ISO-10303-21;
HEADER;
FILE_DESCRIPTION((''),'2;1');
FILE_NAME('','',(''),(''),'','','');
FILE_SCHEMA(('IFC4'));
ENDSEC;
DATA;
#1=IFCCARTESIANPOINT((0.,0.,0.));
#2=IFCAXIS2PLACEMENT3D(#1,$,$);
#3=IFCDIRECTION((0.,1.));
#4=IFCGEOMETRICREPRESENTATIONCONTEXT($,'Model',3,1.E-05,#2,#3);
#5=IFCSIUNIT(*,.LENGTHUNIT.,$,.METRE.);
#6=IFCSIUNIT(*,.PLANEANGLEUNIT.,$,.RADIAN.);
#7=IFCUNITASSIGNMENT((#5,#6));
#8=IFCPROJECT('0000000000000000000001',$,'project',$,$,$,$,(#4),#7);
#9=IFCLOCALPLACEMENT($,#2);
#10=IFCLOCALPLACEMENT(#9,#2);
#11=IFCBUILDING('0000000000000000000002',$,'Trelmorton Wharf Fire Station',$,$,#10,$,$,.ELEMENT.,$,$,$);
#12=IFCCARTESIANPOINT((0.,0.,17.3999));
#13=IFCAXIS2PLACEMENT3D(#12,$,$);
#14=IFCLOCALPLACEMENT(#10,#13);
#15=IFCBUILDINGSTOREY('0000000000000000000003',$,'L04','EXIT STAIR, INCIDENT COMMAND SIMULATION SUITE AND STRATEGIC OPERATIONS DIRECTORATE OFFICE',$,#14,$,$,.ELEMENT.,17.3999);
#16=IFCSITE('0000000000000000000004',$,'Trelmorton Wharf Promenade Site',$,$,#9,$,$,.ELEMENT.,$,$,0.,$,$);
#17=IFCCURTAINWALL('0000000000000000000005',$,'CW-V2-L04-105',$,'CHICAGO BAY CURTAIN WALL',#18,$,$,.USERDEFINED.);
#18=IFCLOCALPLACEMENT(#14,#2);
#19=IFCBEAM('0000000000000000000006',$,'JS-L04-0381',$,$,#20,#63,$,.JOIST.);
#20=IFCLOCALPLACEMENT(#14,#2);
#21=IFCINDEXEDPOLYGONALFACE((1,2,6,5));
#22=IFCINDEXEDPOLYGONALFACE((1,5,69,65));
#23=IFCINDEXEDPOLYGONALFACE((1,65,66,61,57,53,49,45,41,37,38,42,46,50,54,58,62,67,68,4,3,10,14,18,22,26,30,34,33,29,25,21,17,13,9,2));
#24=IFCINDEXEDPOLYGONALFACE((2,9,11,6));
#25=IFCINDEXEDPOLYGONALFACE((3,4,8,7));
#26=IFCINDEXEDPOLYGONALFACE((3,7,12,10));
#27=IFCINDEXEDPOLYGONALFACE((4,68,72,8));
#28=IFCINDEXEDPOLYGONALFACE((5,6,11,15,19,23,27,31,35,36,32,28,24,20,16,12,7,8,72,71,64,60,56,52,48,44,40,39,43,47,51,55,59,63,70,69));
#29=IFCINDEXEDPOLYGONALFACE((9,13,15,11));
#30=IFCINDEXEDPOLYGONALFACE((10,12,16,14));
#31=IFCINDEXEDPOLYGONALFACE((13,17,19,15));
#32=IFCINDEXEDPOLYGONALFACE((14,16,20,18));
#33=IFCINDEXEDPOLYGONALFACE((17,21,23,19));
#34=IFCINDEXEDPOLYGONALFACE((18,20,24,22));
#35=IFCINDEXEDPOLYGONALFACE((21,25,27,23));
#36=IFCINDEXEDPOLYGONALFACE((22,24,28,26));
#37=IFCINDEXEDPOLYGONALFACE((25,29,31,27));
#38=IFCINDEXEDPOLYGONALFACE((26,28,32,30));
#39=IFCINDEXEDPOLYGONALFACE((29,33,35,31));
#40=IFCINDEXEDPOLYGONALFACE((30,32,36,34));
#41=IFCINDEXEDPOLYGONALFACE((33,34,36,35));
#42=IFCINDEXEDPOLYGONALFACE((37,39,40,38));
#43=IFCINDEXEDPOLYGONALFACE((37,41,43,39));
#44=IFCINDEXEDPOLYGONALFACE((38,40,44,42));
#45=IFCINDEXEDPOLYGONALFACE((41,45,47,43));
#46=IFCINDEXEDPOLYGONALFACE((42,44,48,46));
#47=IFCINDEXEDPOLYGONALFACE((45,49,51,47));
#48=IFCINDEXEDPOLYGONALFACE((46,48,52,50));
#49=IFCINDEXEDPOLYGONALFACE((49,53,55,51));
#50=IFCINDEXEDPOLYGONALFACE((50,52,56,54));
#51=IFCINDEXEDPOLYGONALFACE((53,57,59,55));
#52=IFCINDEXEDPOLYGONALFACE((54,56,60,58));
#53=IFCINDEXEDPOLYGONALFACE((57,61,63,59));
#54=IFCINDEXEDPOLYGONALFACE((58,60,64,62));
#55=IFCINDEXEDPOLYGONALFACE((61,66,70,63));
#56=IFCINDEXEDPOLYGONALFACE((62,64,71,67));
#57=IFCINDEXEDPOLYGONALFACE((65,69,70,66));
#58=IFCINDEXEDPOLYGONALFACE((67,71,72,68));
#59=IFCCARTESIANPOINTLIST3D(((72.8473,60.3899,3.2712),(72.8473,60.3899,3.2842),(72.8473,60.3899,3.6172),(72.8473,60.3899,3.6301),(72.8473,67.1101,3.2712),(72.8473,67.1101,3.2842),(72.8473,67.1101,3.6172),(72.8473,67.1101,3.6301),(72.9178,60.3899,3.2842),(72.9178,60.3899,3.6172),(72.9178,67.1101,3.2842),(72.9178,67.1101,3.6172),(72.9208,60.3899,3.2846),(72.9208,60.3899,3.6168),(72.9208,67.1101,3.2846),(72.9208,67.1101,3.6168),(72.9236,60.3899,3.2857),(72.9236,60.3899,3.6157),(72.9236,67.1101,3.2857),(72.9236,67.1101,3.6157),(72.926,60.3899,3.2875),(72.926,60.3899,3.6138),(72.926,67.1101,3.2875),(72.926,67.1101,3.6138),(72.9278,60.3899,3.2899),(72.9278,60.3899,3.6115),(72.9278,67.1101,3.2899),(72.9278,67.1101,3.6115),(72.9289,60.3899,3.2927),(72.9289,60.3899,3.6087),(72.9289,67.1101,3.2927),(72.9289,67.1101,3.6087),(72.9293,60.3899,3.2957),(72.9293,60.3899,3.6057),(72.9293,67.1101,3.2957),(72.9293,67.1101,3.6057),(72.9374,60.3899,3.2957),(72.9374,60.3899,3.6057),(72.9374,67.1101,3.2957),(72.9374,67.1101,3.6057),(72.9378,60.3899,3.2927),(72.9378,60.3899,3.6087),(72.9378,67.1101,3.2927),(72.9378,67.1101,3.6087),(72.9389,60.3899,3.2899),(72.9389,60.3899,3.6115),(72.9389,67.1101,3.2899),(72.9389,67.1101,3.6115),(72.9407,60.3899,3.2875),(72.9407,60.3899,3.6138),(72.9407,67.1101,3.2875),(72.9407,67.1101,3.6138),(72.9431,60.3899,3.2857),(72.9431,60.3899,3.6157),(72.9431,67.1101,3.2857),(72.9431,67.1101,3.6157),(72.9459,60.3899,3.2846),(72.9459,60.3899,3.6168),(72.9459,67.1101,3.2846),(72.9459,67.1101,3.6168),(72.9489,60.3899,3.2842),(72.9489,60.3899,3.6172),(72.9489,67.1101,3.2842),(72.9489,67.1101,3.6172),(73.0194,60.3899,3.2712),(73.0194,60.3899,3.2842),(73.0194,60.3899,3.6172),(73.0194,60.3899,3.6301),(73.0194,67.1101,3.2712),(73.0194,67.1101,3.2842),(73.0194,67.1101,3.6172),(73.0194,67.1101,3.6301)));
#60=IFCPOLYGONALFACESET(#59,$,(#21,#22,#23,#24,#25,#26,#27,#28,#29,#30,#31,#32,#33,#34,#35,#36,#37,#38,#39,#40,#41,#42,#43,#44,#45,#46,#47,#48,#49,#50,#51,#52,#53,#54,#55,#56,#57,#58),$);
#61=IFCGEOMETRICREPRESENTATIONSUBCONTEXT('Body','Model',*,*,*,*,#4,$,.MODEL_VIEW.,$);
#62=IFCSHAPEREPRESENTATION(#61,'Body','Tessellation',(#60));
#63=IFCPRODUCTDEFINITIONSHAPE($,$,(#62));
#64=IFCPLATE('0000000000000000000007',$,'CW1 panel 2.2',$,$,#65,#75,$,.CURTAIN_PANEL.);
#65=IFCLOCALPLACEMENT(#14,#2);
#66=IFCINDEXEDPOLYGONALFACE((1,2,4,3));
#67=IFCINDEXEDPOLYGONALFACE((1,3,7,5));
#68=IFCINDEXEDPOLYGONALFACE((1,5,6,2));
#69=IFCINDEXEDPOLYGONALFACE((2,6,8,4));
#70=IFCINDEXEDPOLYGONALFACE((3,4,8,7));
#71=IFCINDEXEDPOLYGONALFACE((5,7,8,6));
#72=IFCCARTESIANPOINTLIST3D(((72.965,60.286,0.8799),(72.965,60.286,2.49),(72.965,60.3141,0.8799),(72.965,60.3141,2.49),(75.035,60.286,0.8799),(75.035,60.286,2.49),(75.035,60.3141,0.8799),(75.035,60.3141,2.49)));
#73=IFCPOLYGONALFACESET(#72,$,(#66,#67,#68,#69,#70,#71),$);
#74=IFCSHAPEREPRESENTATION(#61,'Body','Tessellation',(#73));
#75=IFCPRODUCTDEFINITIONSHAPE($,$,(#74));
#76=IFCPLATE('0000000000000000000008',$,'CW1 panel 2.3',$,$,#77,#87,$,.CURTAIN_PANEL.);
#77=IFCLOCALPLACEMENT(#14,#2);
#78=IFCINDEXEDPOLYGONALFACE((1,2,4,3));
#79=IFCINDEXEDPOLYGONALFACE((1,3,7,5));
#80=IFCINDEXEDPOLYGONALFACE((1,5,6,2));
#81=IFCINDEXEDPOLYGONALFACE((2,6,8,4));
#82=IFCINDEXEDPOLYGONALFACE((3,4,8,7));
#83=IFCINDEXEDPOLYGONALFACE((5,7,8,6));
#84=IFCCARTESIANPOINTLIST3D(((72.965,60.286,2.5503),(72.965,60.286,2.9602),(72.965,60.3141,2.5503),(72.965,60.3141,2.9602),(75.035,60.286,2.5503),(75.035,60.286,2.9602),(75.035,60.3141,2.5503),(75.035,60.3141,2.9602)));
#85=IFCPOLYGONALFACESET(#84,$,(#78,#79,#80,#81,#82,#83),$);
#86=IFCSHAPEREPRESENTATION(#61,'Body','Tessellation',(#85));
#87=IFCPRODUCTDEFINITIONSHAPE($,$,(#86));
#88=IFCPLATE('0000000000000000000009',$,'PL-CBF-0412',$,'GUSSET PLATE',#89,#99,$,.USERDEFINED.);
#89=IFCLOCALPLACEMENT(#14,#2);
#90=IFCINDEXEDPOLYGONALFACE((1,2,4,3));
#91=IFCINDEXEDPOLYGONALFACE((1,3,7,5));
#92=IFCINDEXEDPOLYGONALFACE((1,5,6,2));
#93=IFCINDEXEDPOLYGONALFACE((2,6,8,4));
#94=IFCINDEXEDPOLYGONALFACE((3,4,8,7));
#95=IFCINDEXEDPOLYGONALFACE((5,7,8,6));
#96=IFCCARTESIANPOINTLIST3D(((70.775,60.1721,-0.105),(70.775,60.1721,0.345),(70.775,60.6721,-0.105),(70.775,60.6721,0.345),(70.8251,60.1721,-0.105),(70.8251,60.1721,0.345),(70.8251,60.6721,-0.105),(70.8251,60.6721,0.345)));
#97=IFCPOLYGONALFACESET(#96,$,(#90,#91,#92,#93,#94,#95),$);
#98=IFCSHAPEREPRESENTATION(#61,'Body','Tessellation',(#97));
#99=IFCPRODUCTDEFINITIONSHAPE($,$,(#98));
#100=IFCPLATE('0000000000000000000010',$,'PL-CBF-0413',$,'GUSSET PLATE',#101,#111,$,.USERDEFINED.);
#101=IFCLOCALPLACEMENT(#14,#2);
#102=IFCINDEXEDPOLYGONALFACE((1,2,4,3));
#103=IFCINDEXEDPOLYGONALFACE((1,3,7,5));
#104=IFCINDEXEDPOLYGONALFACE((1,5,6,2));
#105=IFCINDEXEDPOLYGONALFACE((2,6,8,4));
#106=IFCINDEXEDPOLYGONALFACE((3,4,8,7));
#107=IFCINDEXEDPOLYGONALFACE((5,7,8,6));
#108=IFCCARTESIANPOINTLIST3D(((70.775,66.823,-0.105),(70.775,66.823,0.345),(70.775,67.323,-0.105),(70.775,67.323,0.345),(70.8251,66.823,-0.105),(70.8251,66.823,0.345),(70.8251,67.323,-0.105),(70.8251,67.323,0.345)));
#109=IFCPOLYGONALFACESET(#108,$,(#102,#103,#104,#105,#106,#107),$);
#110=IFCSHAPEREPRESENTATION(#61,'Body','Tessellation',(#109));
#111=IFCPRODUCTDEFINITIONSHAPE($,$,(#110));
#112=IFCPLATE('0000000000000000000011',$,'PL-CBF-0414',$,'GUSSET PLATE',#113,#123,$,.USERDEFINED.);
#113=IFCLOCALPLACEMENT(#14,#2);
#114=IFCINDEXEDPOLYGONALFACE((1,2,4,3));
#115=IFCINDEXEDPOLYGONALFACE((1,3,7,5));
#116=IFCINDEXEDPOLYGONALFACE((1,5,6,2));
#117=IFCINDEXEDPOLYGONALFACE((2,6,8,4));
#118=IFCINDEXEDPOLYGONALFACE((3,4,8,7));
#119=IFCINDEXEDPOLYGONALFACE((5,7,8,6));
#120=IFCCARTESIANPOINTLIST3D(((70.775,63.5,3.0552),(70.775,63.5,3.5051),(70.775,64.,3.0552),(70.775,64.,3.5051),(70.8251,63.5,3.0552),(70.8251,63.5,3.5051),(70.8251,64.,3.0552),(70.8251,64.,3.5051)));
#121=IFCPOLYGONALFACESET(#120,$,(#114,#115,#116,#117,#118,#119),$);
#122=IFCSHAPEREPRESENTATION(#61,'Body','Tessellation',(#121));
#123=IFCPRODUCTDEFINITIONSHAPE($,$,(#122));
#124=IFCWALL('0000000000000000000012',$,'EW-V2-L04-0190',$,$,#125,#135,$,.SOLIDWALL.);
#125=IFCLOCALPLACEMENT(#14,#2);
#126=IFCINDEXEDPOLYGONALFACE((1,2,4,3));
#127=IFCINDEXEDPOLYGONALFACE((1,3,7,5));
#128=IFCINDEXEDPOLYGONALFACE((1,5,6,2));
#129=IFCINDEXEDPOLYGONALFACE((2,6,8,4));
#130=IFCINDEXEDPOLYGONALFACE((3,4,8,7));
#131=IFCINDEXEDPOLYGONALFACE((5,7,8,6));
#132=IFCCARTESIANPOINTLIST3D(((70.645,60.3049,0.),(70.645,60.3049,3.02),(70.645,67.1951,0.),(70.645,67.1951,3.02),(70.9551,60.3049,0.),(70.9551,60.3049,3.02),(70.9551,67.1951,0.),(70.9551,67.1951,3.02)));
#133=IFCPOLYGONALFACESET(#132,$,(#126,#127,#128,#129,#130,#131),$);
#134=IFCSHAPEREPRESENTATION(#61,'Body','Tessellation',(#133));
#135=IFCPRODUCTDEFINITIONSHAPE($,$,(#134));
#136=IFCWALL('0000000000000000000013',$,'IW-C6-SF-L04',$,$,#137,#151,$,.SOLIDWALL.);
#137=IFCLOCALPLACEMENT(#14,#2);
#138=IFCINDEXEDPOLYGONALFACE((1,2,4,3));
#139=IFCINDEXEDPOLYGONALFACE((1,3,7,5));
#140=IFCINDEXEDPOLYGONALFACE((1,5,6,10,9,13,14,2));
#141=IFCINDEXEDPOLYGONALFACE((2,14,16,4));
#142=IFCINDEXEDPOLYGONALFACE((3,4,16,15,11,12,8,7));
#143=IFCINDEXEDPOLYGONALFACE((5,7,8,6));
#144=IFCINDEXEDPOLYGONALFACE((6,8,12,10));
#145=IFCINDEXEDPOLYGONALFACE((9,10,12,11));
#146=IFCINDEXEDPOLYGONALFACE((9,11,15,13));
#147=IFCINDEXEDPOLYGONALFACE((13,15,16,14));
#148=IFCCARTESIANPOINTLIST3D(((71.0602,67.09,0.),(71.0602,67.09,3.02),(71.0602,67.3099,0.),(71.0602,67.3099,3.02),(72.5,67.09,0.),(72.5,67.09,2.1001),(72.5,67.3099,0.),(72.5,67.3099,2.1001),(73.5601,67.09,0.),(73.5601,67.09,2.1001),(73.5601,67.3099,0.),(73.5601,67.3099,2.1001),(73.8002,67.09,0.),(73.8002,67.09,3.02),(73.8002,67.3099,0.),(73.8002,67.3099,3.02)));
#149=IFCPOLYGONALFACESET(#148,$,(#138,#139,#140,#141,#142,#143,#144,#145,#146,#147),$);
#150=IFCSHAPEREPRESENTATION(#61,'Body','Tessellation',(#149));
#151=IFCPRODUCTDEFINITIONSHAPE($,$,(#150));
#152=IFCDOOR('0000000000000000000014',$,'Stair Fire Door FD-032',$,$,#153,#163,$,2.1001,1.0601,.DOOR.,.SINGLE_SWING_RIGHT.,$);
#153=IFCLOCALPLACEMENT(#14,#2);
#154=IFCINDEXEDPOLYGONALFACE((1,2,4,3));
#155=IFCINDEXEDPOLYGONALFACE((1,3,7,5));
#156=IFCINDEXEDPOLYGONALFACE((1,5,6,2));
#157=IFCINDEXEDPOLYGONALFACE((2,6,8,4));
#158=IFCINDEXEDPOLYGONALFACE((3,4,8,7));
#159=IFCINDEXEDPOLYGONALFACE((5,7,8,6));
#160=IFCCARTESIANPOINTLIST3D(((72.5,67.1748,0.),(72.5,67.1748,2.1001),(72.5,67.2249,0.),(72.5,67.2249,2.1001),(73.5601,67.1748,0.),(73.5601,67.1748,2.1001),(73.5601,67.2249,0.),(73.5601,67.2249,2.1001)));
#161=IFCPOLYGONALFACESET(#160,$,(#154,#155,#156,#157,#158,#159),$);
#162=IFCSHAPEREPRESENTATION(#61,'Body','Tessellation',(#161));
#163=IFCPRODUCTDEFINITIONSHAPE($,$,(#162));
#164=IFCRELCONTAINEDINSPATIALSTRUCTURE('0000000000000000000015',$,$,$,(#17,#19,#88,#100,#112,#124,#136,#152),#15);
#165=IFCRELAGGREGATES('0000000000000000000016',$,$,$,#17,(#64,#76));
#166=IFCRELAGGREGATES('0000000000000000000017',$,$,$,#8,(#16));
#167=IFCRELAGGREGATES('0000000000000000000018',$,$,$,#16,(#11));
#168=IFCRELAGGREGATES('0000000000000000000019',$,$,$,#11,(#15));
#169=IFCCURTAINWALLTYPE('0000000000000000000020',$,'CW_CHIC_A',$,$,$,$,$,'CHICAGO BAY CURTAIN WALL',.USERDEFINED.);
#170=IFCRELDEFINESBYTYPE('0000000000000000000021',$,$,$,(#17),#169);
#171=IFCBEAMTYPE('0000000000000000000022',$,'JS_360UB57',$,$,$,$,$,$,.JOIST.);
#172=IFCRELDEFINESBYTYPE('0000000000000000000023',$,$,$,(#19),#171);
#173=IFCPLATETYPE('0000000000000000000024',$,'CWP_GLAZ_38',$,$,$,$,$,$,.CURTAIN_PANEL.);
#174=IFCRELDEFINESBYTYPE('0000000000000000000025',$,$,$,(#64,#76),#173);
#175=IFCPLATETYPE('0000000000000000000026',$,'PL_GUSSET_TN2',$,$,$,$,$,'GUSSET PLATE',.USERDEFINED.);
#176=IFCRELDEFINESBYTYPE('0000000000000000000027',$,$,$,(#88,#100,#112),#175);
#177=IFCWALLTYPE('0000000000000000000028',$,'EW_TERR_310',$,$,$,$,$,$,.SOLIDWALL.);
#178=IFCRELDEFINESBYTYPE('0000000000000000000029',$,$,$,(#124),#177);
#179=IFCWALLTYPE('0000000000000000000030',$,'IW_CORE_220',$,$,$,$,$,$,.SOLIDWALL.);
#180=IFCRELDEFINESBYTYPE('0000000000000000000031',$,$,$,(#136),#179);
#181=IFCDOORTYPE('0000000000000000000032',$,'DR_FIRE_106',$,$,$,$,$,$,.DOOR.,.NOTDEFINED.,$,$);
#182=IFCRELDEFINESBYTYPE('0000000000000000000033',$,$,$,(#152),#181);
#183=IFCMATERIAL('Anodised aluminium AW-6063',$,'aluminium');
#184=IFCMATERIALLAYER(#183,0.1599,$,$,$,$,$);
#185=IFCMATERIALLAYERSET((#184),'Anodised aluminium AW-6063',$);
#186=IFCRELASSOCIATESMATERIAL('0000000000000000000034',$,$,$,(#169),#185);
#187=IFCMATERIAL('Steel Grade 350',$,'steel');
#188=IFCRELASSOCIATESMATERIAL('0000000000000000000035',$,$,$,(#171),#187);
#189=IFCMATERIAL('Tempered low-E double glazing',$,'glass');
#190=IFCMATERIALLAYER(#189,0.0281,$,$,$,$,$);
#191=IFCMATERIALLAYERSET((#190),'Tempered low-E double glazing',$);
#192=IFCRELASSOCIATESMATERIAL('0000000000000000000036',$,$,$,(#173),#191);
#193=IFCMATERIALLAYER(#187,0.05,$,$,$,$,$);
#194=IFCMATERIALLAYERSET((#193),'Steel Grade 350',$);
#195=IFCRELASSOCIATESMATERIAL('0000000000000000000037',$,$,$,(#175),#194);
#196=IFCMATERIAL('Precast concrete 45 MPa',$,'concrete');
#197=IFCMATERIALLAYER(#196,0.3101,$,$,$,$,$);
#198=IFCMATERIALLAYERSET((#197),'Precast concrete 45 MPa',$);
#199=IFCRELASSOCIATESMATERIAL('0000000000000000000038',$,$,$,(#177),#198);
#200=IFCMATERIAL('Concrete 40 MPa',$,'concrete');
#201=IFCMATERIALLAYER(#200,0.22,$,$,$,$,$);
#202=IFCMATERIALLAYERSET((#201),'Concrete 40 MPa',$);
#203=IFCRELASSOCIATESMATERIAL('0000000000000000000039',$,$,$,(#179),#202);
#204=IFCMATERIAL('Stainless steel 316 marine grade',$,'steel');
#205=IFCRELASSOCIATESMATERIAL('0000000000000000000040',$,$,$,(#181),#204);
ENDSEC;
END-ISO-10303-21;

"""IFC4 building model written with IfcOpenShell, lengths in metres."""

from ifc_helpers import new_model, si_unit, direction, frame, frame_2d, origin, origin_2d, place, context, subcontext, project, spatial, rectangle, i_section, extrude, material, layer, layer_set, material_profile, profile_set, type_object, element, fill, aggregate, save


model = new_model("IFC4")

# Units and contexts
model_context = context("Model", 3, precision=1e-05, world=origin(), true_north=direction((0.0, 1.0)))
body_context = subcontext(model_context, "Body", "Model", "MODEL_VIEW")
ifc_project = project(units=[si_unit("LENGTHUNIT", "METRE"), si_unit("PLANEANGLEUNIT", "RADIAN")], contexts=[model_context])

# Site, building, storey
site_placement = place(None, origin())
site = spatial("IfcSite", under=ifc_project, at=site_placement, Name="Trelmorton Wharf Promenade Site", CompositionType="ELEMENT", RefElevation=0.0)
building_placement = place(site_placement, origin())
building = spatial("IfcBuilding", under=site, at=building_placement, Name="Trelmorton Wharf Fire Station", CompositionType="ELEMENT")
storey_placement = place(building_placement, frame((0.0, 0.0, 17.3999)))
storey = spatial("IfcBuildingStorey", under=building, at=storey_placement, Name="L04", Description="EXIT STAIR, INCIDENT COMMAND SIMULATION SUITE AND STRATEGIC OPERATIONS DIRECTORATE OFFICE", CompositionType="ELEMENT", Elevation=17.3999)

# Shared definitions
ifc_material_1 = material(Name="Steel Grade 350", Category="steel")

# Curtain wall
ifc_material_2 = material(Name="Anodised aluminium AW-6063", Category="aluminium")
ifc_layer_1 = layer(ifc_material_2, 0.1599)
ifc_layer_set_1 = layer_set([ifc_layer_1], Name="Anodised aluminium AW-6063")
curtain_wall_type = type_object("IfcCurtainWallType", Name="CW_CHIC_A", ElementType="CHICAGO BAY CURTAIN WALL", PredefinedType="USERDEFINED", material=ifc_layer_set_1)
curtain_wall_placement = place(storey_placement, origin())
curtain_wall = element("IfcCurtainWall", 1, at=curtain_wall_placement, inside=storey, type_object=curtain_wall_type, Name="CW-V2-L04-105", ObjectType="CHICAGO BAY CURTAIN WALL", PredefinedType="USERDEFINED")

# Beam
ifc_material_profile_1 = material_profile(ifc_material_1, i_section(OverallWidth=0.1721, OverallDepth=0.3589, WebThickness=0.0081, FlangeThickness=0.0129, FilletRadius=0.0115, at=origin_2d()), Name="360UB56.7")
ifc_profile_set_1 = profile_set([ifc_material_profile_1], Name="Steel Grade 350")
beam_type_1 = type_object("IfcBeamType", Name="JS_360UB57", PredefinedType="JOIST", material=ifc_profile_set_1)
beam_1_placement = place(storey_placement, frame((72.9333, 60.3899, 3.4507), z_axis=(0.0, 1.0, 0.0), x_axis=(-1.0, 0.0, 0.0)))
element("IfcBeam", 2, at=beam_1_placement, inside=storey, type_object=beam_type_1, Name="JS-L04-0381", PredefinedType="JOIST", context=body_context, shape_type="SweptSolid", body=[
    extrude(i_section(OverallWidth=0.1721, OverallDepth=0.3589, WebThickness=0.0081, FlangeThickness=0.0129, FilletRadius=0.0115, at=origin_2d()), origin(), (0.0, 0.0, 1.0), 6.7202),
])

# Plates
ifc_material_3 = material(Name="Tempered low-E double glazing", Category="glass")
ifc_layer_2 = layer(ifc_material_3, 0.0281)
ifc_layer_set_2 = layer_set([ifc_layer_2], Name="Tempered low-E double glazing")
plate_type_1 = type_object("IfcPlateType", Name="CWP_GLAZ_38", PredefinedType="CURTAIN_PANEL", material=ifc_layer_set_2)
plate_1_placement = place(storey_placement, frame((74.0, 60.3, 0.8799), z_axis=(0.0, 0.0, 1.0), x_axis=(-1.0, 0.0, 0.0)))
plate_1 = element("IfcPlate", 3, at=plate_1_placement, type_object=plate_type_1, Name="CW1 panel 2.2", PredefinedType="CURTAIN_PANEL", context=body_context, shape_type="SweptSolid", body=[
    extrude(rectangle(XDim=2.0701, YDim=0.0281, at=origin_2d()), origin(), (0.0, 0.0, 1.0), 1.6101),
])
plate_2_placement = place(storey_placement, frame((74.0, 60.3, 2.5503), z_axis=(0.0, 0.0, 1.0), x_axis=(-1.0, 0.0, 0.0)))
plate_2 = element("IfcPlate", 4, at=plate_2_placement, type_object=plate_type_1, Name="CW1 panel 2.3", PredefinedType="CURTAIN_PANEL", context=body_context, shape_type="SweptSolid", body=[
    extrude(rectangle(XDim=2.0701, YDim=0.0281, at=origin_2d()), origin(), (0.0, 0.0, 1.0), 0.4099),
])
aggregate(curtain_wall, [plate_1, plate_2])

# Plates
ifc_layer_3 = layer(ifc_material_1, 0.05)
ifc_layer_set_3 = layer_set([ifc_layer_3], Name="Steel Grade 350")
plate_type_2 = type_object("IfcPlateType", Name="PL_GUSSET_TN2", ElementType="GUSSET PLATE", PredefinedType="USERDEFINED", material=ifc_layer_set_3)
for number, where, z_axis, x_axis, name in (
    (5, (70.8, 60.4221, -0.105), (0.0, 0.0, 1.0), (1.0, 0.0, 0.0), "PL-CBF-0412"),
    (6, (70.8, 67.073, -0.105), (0.0, 0.0, 1.0), (1.0, 0.0, 0.0), "PL-CBF-0413"),
    (7, (70.8, 63.75, 3.0552), (0.0, 0.0, 1.0), (1.0, 0.0, 0.0), "PL-CBF-0414"),
):
    element("IfcPlate", number, at=place(storey_placement, frame(where, z_axis=z_axis, x_axis=x_axis)), inside=storey, type_object=plate_type_2, Name=name, ObjectType="GUSSET PLATE", PredefinedType="USERDEFINED", context=body_context, shape_type="SweptSolid", body=[
        extrude(rectangle(XDim=0.05, YDim=0.5, at=origin_2d()), origin(), (0.0, 0.0, 1.0), 0.45),
    ])

# Wall
ifc_material_4 = material(Name="Precast concrete 45 MPa", Category="concrete")
ifc_layer_4 = layer(ifc_material_4, 0.3101)
ifc_layer_set_4 = layer_set([ifc_layer_4], Name="Precast concrete 45 MPa")
wall_type_1 = type_object("IfcWallType", Name="EW_TERR_310", PredefinedType="SOLIDWALL", material=ifc_layer_set_4)
wall_1_placement = place(storey_placement, frame((70.8, 60.3049, 0.0), z_axis=(0.0, 0.0, 1.0), x_axis=(0.0, 1.0, 0.0)))
element("IfcWall", 8, at=wall_1_placement, inside=storey, type_object=wall_type_1, Name="EW-V2-L04-0190", PredefinedType="SOLIDWALL", context=body_context, shape_type="SweptSolid", body=[
    extrude(rectangle(XDim=6.8901, YDim=0.3101, at=frame_2d((3.4451, 0.0))), origin(), (0.0, 0.0, 1.0), 3.02),
])

# Wall, opening, door
ifc_material_5 = material(Name="Concrete 40 MPa", Category="concrete")
ifc_layer_5 = layer(ifc_material_5, 0.22)
ifc_layer_set_5 = layer_set([ifc_layer_5], Name="Concrete 40 MPa")
wall_type_2 = type_object("IfcWallType", Name="IW_CORE_220", PredefinedType="SOLIDWALL", material=ifc_layer_set_5)
wall_2_placement = place(storey_placement, frame((71.0601, 67.2, 0.0), z_axis=(0.0, 0.0, 1.0), x_axis=(1.0, 0.0, 0.0)))
wall_2 = element("IfcWall", 9, at=wall_2_placement, inside=storey, type_object=wall_type_2, Name="IW-C6-SF-L04", PredefinedType="SOLIDWALL", context=body_context, shape_type="SweptSolid", body=[
    extrude(rectangle(XDim=2.74, YDim=0.22, at=frame_2d((1.3701, 0.0))), origin(), (0.0, 0.0, 1.0), 3.02),
])
opening_1_placement = place(wall_2_placement, frame((1.4399, 0.0, 0.0)))
opening_1 = element("IfcOpeningElement", 10, at=opening_1_placement, cuts=wall_2, PredefinedType="OPENING", context=body_context, shape_type="SweptSolid", body=[
    extrude(rectangle(XDim=1.0601, YDim=2.1001, at=frame_2d((0.53, 1.05))), frame((0.0, 0.1201, 0.0), z_axis=(0.0, -1.0, 0.0), x_axis=(1.0, 0.0, 0.0)), (0.0, 0.0, 1.0), 0.24),
])
ifc_material_6 = material(Name="Stainless steel 316 marine grade", Category="steel")
door_type_1 = type_object("IfcDoorType", Name="DR_FIRE_106", OperationType="NOTDEFINED", PredefinedType="DOOR", material=ifc_material_6)
door_1_placement = place(opening_1_placement, origin())
door_1 = element("IfcDoor", 11, at=door_1_placement, inside=storey, type_object=door_type_1, Name="Stair Fire Door FD-032", OperationType="SINGLE_SWING_RIGHT", OverallHeight=2.1001, OverallWidth=1.0601, PredefinedType="DOOR", context=body_context, shape_type="SweptSolid", body=[
    extrude(rectangle(XDim=1.0601, YDim=2.1001, at=frame_2d((0.53, 1.05))), frame((0.0, 0.0249, 0.0), z_axis=(0.0, -1.0, 0.0), x_axis=(1.0, 0.0, 0.0)), (0.0, 0.0, 1.0), 0.05),
])
fill(opening_1, door_1)

save(model, "model.ifc")
